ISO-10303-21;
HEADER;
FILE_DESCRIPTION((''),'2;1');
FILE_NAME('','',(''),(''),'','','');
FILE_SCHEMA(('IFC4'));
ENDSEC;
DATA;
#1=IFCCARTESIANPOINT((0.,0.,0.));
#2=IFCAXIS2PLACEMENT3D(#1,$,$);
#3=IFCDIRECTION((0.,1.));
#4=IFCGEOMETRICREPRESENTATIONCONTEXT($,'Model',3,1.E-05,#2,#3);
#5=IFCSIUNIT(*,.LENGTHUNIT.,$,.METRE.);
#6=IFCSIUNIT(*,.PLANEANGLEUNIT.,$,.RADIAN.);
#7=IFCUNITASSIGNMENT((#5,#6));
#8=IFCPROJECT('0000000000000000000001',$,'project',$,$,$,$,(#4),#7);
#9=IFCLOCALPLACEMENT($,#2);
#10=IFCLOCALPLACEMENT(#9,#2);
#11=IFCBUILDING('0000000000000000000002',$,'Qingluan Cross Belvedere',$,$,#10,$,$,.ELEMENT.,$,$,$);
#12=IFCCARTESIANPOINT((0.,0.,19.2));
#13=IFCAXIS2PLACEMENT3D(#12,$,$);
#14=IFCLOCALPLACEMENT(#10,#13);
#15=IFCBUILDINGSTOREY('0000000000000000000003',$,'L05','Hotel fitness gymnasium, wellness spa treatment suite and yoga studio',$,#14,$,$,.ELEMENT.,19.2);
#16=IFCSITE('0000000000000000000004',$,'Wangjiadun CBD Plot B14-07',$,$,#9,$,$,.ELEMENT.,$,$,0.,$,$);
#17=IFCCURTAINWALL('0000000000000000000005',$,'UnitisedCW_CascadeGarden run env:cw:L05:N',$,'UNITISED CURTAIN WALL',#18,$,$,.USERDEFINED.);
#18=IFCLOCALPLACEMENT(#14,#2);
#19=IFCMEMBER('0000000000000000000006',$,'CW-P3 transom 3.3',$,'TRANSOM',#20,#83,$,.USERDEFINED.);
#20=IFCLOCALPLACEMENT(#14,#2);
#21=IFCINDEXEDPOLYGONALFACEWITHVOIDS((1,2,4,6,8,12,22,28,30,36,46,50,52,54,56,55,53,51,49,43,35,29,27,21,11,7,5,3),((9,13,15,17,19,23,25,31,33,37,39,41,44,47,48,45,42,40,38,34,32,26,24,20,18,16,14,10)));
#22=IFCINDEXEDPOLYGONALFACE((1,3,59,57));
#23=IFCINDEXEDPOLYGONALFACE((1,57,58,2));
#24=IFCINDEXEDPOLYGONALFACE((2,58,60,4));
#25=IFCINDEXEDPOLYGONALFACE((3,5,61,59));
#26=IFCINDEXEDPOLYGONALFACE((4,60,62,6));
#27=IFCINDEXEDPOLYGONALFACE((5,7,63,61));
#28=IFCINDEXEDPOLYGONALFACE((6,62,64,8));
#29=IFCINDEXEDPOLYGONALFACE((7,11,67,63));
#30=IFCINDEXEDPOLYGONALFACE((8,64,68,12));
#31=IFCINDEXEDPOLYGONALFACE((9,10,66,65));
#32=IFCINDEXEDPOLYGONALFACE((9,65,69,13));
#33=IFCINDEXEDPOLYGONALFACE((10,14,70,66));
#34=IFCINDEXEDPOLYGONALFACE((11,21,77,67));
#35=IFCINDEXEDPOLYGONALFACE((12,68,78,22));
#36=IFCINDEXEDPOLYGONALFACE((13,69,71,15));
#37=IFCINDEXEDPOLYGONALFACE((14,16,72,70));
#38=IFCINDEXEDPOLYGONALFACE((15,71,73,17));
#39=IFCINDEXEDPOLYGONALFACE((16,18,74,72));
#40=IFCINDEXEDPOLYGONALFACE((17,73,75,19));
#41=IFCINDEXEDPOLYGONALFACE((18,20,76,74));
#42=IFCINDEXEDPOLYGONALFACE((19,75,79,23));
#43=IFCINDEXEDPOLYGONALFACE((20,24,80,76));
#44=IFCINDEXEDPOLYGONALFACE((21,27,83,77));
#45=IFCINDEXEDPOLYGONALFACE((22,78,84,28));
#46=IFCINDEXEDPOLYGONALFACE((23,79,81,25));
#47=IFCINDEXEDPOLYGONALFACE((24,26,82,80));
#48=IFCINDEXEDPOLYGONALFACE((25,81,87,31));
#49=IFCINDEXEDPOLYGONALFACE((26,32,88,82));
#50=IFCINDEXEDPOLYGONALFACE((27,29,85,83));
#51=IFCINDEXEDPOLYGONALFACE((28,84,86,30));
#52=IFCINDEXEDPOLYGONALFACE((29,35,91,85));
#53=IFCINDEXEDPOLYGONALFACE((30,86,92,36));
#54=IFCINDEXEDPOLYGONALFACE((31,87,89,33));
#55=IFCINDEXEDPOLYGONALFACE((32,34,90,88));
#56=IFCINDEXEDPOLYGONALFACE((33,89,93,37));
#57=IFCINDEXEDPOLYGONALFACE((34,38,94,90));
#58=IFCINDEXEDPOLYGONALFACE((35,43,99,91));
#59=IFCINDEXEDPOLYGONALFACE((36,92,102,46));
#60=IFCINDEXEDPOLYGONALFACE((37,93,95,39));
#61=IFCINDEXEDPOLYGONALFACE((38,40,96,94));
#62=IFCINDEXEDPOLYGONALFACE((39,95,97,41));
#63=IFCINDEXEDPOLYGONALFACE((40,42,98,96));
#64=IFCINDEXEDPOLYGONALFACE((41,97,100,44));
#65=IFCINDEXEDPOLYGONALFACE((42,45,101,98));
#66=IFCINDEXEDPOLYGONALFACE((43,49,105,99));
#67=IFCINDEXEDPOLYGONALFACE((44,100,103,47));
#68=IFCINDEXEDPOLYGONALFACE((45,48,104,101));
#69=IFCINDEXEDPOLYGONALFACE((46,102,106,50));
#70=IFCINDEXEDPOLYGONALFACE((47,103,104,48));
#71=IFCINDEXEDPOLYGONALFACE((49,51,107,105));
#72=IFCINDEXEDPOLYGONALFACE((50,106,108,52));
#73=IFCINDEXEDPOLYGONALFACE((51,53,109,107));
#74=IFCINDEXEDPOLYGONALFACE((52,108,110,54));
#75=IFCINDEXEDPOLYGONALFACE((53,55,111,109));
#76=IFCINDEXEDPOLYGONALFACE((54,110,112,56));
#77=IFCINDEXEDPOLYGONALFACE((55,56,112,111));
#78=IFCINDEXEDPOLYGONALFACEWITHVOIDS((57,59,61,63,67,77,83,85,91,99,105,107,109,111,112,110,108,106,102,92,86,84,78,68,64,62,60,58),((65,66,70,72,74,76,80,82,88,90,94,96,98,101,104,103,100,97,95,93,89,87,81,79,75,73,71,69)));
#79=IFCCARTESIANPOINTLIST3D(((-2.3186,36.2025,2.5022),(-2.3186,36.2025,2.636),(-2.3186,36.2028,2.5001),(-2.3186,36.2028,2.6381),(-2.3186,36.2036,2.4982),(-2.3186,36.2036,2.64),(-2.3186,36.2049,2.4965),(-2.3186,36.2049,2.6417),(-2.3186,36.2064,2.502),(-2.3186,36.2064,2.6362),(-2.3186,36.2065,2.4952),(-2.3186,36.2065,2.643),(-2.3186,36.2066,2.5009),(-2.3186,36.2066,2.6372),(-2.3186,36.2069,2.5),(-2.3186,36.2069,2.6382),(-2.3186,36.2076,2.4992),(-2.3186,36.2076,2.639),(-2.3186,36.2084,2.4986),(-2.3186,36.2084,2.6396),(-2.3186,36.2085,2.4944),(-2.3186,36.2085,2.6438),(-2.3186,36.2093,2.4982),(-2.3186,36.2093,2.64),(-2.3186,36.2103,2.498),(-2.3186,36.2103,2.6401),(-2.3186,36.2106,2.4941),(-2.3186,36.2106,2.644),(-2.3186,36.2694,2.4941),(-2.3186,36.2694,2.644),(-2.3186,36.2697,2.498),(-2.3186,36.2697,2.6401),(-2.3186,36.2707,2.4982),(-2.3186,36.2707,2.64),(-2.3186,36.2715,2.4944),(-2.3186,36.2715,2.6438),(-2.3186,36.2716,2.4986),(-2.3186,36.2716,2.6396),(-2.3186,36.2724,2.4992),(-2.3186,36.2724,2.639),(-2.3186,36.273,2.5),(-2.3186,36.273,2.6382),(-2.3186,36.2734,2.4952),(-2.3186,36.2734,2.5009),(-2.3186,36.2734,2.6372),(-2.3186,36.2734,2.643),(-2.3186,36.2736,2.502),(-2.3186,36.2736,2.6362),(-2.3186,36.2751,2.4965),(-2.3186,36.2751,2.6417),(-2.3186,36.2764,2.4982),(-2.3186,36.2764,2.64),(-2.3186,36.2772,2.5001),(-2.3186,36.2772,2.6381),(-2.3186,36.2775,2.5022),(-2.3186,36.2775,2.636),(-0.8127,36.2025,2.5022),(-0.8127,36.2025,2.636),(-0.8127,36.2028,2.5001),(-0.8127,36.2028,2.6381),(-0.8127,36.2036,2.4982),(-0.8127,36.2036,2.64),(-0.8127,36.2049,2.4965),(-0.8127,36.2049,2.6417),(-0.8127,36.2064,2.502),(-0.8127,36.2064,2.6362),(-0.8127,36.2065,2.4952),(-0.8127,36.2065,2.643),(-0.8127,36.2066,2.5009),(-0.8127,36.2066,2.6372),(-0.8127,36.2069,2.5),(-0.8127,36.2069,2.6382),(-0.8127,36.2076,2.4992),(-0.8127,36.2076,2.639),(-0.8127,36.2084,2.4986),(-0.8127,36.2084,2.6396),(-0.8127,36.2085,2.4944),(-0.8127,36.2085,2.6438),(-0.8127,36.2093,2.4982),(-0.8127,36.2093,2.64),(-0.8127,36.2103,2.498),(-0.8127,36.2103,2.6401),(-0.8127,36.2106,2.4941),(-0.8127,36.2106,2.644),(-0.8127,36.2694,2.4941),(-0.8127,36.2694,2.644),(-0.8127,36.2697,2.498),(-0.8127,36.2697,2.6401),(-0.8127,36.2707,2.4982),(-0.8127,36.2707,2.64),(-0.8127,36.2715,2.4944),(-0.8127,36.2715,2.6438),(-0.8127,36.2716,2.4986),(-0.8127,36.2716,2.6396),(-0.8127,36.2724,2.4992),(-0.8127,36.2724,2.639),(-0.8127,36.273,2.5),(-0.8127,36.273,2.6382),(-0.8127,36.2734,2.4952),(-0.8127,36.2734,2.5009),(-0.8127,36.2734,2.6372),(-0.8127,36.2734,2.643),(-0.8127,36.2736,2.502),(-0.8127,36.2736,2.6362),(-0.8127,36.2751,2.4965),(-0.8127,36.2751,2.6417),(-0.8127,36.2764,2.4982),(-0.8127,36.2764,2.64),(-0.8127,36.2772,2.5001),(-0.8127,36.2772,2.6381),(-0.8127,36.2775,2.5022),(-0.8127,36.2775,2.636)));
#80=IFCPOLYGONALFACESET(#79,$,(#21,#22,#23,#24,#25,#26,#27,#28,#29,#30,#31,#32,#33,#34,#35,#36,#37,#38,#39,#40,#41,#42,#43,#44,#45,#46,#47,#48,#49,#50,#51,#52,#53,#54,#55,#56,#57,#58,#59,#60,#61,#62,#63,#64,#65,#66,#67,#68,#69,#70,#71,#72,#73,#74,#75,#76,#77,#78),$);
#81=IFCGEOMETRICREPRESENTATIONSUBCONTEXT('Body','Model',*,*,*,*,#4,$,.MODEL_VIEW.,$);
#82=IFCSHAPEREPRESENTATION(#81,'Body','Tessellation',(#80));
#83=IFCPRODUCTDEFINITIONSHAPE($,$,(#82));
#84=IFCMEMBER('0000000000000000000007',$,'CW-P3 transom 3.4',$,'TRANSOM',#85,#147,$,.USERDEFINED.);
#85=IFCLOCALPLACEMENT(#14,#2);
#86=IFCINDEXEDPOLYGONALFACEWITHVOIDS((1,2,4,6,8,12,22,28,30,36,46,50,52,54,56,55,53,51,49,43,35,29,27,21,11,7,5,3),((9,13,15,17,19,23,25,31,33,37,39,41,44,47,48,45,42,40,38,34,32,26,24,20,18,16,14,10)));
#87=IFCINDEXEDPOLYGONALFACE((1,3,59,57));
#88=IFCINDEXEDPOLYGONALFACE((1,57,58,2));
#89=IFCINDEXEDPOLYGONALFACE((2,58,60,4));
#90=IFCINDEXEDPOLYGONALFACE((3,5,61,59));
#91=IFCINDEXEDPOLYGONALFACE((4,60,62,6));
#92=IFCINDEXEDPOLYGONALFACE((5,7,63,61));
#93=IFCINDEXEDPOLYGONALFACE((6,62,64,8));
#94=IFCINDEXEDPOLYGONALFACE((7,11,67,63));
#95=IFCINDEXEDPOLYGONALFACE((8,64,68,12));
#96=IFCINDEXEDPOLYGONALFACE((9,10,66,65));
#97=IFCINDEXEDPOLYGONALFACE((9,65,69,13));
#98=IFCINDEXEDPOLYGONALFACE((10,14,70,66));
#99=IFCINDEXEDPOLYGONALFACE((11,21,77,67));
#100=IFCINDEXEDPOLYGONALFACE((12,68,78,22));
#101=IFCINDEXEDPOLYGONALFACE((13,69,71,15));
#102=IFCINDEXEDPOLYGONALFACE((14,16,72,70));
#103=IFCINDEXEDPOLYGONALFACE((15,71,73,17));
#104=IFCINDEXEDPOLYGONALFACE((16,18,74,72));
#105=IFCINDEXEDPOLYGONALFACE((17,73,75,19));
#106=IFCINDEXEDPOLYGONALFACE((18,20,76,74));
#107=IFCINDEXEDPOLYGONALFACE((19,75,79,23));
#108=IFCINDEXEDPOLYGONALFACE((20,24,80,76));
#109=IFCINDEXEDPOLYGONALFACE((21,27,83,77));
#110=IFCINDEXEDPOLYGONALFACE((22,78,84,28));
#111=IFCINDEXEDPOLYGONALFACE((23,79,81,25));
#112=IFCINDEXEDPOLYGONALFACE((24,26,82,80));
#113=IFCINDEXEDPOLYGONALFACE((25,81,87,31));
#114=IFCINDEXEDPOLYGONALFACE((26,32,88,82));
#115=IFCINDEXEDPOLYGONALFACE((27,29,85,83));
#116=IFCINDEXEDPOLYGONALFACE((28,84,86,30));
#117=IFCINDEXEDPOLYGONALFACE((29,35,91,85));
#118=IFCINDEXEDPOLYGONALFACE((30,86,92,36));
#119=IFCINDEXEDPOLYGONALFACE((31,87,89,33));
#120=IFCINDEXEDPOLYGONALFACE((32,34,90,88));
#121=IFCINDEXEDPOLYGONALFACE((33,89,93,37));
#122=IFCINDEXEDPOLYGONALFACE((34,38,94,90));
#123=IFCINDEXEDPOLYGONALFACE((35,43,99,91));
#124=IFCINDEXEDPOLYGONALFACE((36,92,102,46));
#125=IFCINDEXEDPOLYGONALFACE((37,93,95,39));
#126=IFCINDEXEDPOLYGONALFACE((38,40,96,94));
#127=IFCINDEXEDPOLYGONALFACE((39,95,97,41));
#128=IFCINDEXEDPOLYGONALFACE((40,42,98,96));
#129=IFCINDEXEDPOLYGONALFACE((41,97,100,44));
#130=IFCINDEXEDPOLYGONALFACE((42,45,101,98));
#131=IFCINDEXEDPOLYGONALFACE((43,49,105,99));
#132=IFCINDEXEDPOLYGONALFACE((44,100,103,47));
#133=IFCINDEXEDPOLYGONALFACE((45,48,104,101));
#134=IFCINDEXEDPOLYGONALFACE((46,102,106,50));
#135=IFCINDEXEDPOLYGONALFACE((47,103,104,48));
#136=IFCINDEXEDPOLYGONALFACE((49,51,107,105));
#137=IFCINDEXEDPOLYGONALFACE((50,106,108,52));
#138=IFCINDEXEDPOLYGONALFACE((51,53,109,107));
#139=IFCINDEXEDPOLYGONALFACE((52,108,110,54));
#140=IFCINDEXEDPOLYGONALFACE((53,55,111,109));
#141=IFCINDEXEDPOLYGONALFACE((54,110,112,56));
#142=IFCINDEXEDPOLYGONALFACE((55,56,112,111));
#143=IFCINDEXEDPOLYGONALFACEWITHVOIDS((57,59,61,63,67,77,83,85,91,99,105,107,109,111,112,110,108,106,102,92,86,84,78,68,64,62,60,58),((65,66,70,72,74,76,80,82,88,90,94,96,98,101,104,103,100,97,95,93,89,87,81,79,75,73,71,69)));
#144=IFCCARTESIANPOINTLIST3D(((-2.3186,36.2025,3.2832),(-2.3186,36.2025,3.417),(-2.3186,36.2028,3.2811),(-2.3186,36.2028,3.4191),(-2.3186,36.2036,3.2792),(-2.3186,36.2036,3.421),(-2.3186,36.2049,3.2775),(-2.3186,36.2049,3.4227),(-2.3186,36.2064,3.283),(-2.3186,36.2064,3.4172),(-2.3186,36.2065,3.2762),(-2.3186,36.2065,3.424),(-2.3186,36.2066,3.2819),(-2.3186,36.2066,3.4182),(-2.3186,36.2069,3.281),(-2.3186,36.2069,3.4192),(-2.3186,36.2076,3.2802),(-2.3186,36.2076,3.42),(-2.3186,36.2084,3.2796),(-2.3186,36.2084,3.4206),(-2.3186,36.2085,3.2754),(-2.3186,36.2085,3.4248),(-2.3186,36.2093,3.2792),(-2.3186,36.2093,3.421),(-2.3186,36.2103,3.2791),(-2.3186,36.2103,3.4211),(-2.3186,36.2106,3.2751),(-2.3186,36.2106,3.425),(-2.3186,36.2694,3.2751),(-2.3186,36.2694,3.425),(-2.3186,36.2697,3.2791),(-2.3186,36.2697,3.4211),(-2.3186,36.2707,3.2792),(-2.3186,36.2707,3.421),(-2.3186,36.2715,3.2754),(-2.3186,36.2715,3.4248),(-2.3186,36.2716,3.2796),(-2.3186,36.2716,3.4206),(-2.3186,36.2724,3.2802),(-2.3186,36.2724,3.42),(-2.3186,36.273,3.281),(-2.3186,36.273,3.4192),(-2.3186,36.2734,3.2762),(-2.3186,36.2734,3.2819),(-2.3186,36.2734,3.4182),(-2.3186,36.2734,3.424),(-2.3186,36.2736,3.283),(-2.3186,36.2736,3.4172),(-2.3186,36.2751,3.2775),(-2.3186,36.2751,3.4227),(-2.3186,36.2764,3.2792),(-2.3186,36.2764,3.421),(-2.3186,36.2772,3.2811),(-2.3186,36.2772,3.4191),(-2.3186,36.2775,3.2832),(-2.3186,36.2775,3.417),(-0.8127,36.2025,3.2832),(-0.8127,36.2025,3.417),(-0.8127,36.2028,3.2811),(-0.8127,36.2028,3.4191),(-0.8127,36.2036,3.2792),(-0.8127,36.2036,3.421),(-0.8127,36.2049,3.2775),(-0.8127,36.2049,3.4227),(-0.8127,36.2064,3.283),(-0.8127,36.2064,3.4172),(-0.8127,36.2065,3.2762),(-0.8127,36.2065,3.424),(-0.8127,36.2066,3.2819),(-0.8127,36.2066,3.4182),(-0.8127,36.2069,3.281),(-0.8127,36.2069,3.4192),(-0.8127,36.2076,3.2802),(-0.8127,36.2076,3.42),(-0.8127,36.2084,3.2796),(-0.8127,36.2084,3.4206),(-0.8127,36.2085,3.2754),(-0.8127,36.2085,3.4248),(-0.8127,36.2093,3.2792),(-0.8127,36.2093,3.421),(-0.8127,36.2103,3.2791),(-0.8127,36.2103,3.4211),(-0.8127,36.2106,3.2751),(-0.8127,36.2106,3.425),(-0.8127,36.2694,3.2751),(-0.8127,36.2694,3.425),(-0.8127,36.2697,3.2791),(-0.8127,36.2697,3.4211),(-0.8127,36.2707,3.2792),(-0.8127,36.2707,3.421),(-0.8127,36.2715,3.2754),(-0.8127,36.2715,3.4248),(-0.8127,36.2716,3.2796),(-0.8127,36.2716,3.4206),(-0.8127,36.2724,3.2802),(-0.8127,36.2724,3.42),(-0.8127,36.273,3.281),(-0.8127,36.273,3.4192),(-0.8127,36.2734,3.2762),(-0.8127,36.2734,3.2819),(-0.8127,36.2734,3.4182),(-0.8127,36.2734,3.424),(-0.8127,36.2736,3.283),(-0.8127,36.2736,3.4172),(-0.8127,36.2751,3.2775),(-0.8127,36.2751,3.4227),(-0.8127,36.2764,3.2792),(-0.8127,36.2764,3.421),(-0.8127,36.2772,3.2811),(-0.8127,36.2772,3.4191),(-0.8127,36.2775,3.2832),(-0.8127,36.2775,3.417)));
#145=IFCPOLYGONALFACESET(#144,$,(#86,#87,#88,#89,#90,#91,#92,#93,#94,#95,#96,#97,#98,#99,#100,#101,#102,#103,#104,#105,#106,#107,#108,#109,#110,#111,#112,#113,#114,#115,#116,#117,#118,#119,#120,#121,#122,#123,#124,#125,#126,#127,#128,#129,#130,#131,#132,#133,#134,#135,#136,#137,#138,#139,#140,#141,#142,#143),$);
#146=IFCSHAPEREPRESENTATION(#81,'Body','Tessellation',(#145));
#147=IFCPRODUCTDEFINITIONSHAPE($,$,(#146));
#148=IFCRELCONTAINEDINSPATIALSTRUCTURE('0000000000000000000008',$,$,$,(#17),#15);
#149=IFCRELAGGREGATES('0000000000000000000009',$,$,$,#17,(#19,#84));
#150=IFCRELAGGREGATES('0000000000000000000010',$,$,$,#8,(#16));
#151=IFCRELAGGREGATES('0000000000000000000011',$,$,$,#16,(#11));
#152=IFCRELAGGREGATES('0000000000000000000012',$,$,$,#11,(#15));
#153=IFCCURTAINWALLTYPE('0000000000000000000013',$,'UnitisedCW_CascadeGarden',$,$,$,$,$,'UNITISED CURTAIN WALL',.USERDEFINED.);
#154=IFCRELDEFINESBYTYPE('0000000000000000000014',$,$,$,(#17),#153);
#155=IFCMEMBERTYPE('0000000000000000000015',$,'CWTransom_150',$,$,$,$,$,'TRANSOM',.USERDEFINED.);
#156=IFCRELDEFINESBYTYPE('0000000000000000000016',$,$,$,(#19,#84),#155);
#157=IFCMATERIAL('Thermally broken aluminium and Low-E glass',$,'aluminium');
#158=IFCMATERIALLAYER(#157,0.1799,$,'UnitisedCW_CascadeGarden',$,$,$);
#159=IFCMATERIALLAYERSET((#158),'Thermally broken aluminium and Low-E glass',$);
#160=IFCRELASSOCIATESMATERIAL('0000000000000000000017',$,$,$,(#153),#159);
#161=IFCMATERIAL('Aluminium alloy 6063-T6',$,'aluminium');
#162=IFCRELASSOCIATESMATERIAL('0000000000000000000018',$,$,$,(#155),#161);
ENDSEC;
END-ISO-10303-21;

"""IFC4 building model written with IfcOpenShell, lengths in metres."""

from ifc_helpers import new_model, si_unit, direction, frame, origin, origin_2d, place, context, subcontext, project, spatial, hollow_rectangle, extrude, material, layer, layer_set, material_profile, profile_set, type_object, element, aggregate, save


model = new_model("IFC4")

# Units and contexts
model_context = context("Model", 3, precision=1e-05, world=origin(), true_north=direction((0.0, 1.0)))
body_context = subcontext(model_context, "Body", "Model", "MODEL_VIEW")
ifc_project = project(units=[si_unit("LENGTHUNIT", "METRE"), si_unit("PLANEANGLEUNIT", "RADIAN")], contexts=[model_context])

# Site, building, storey
site_placement = place(None, origin())
site = spatial("IfcSite", under=ifc_project, at=site_placement, Name="Wangjiadun CBD Plot B14-07", CompositionType="ELEMENT", RefElevation=0.0)
building_placement = place(site_placement, origin())
building = spatial("IfcBuilding", under=site, at=building_placement, Name="Qingluan Cross Belvedere", CompositionType="ELEMENT")
storey_placement = place(building_placement, frame((0.0, 0.0, 19.2)))
storey = spatial("IfcBuildingStorey", under=building, at=storey_placement, Name="L05", Description="Hotel fitness gymnasium, wellness spa treatment suite and yoga studio", CompositionType="ELEMENT", Elevation=19.2)

# Curtain wall, members
ifc_material_1 = material(Name="Thermally broken aluminium and Low-E glass", Category="aluminium")
ifc_layer_1 = layer(ifc_material_1, 0.1799, Name="UnitisedCW_CascadeGarden")
ifc_layer_set_1 = layer_set([ifc_layer_1], Name="Thermally broken aluminium and Low-E glass")
curtain_wall_type = type_object("IfcCurtainWallType", Name="UnitisedCW_CascadeGarden", ElementType="UNITISED CURTAIN WALL", PredefinedType="USERDEFINED", material=ifc_layer_set_1)
curtain_wall_placement = place(storey_placement, origin())
curtain_wall = element("IfcCurtainWall", 1, at=curtain_wall_placement, inside=storey, type_object=curtain_wall_type, Name="UnitisedCW_CascadeGarden run env:cw:L05:N", ObjectType="UNITISED CURTAIN WALL", PredefinedType="USERDEFINED")
ifc_material_2 = material(Name="Aluminium alloy 6063-T6", Category="aluminium")
ifc_material_profile_1 = material_profile(ifc_material_2, hollow_rectangle(XDim=0.075, YDim=0.1499, WallThickness=0.0039, InnerFilletRadius=0.0039, OuterFilletRadius=0.0081, at=origin_2d()), Name="CWT150x75x4")
ifc_profile_set_1 = profile_set([ifc_material_profile_1], Name="Aluminium alloy 6063-T6")
member_type_1 = type_object("IfcMemberType", Name="CWTransom_150", ElementType="TRANSOM", PredefinedType="USERDEFINED", material=ifc_profile_set_1)
member_1_placement = place(storey_placement, frame((-2.3186, 36.24, 2.5691), z_axis=(1.0, 0.0, 0.0), x_axis=(0.0, 1.0, 0.0)))
member_1 = element("IfcMember", 2, at=member_1_placement, type_object=member_type_1, Name="CW-P3 transom 3.3", ObjectType="TRANSOM", PredefinedType="USERDEFINED", context=body_context, shape_type="SweptSolid", body=[
    extrude(hollow_rectangle(XDim=0.075, YDim=0.1499, WallThickness=0.0039, InnerFilletRadius=0.0039, OuterFilletRadius=0.0081, at=origin_2d()), origin(), (0.0, 0.0, 1.0), 1.5059),
])
member_2_placement = place(storey_placement, frame((-2.3186, 36.24, 3.3501), z_axis=(1.0, 0.0, 0.0), x_axis=(0.0, 1.0, 0.0)))
member_2 = element("IfcMember", 3, at=member_2_placement, type_object=member_type_1, Name="CW-P3 transom 3.4", ObjectType="TRANSOM", PredefinedType="USERDEFINED", context=body_context, shape_type="SweptSolid", body=[
    extrude(hollow_rectangle(XDim=0.075, YDim=0.1499, WallThickness=0.0039, InnerFilletRadius=0.0039, OuterFilletRadius=0.0081, at=origin_2d()), origin(), (0.0, 0.0, 1.0), 1.5059),
])

aggregate(curtain_wall, [member_1, member_2])

save(model, "model.ifc")
